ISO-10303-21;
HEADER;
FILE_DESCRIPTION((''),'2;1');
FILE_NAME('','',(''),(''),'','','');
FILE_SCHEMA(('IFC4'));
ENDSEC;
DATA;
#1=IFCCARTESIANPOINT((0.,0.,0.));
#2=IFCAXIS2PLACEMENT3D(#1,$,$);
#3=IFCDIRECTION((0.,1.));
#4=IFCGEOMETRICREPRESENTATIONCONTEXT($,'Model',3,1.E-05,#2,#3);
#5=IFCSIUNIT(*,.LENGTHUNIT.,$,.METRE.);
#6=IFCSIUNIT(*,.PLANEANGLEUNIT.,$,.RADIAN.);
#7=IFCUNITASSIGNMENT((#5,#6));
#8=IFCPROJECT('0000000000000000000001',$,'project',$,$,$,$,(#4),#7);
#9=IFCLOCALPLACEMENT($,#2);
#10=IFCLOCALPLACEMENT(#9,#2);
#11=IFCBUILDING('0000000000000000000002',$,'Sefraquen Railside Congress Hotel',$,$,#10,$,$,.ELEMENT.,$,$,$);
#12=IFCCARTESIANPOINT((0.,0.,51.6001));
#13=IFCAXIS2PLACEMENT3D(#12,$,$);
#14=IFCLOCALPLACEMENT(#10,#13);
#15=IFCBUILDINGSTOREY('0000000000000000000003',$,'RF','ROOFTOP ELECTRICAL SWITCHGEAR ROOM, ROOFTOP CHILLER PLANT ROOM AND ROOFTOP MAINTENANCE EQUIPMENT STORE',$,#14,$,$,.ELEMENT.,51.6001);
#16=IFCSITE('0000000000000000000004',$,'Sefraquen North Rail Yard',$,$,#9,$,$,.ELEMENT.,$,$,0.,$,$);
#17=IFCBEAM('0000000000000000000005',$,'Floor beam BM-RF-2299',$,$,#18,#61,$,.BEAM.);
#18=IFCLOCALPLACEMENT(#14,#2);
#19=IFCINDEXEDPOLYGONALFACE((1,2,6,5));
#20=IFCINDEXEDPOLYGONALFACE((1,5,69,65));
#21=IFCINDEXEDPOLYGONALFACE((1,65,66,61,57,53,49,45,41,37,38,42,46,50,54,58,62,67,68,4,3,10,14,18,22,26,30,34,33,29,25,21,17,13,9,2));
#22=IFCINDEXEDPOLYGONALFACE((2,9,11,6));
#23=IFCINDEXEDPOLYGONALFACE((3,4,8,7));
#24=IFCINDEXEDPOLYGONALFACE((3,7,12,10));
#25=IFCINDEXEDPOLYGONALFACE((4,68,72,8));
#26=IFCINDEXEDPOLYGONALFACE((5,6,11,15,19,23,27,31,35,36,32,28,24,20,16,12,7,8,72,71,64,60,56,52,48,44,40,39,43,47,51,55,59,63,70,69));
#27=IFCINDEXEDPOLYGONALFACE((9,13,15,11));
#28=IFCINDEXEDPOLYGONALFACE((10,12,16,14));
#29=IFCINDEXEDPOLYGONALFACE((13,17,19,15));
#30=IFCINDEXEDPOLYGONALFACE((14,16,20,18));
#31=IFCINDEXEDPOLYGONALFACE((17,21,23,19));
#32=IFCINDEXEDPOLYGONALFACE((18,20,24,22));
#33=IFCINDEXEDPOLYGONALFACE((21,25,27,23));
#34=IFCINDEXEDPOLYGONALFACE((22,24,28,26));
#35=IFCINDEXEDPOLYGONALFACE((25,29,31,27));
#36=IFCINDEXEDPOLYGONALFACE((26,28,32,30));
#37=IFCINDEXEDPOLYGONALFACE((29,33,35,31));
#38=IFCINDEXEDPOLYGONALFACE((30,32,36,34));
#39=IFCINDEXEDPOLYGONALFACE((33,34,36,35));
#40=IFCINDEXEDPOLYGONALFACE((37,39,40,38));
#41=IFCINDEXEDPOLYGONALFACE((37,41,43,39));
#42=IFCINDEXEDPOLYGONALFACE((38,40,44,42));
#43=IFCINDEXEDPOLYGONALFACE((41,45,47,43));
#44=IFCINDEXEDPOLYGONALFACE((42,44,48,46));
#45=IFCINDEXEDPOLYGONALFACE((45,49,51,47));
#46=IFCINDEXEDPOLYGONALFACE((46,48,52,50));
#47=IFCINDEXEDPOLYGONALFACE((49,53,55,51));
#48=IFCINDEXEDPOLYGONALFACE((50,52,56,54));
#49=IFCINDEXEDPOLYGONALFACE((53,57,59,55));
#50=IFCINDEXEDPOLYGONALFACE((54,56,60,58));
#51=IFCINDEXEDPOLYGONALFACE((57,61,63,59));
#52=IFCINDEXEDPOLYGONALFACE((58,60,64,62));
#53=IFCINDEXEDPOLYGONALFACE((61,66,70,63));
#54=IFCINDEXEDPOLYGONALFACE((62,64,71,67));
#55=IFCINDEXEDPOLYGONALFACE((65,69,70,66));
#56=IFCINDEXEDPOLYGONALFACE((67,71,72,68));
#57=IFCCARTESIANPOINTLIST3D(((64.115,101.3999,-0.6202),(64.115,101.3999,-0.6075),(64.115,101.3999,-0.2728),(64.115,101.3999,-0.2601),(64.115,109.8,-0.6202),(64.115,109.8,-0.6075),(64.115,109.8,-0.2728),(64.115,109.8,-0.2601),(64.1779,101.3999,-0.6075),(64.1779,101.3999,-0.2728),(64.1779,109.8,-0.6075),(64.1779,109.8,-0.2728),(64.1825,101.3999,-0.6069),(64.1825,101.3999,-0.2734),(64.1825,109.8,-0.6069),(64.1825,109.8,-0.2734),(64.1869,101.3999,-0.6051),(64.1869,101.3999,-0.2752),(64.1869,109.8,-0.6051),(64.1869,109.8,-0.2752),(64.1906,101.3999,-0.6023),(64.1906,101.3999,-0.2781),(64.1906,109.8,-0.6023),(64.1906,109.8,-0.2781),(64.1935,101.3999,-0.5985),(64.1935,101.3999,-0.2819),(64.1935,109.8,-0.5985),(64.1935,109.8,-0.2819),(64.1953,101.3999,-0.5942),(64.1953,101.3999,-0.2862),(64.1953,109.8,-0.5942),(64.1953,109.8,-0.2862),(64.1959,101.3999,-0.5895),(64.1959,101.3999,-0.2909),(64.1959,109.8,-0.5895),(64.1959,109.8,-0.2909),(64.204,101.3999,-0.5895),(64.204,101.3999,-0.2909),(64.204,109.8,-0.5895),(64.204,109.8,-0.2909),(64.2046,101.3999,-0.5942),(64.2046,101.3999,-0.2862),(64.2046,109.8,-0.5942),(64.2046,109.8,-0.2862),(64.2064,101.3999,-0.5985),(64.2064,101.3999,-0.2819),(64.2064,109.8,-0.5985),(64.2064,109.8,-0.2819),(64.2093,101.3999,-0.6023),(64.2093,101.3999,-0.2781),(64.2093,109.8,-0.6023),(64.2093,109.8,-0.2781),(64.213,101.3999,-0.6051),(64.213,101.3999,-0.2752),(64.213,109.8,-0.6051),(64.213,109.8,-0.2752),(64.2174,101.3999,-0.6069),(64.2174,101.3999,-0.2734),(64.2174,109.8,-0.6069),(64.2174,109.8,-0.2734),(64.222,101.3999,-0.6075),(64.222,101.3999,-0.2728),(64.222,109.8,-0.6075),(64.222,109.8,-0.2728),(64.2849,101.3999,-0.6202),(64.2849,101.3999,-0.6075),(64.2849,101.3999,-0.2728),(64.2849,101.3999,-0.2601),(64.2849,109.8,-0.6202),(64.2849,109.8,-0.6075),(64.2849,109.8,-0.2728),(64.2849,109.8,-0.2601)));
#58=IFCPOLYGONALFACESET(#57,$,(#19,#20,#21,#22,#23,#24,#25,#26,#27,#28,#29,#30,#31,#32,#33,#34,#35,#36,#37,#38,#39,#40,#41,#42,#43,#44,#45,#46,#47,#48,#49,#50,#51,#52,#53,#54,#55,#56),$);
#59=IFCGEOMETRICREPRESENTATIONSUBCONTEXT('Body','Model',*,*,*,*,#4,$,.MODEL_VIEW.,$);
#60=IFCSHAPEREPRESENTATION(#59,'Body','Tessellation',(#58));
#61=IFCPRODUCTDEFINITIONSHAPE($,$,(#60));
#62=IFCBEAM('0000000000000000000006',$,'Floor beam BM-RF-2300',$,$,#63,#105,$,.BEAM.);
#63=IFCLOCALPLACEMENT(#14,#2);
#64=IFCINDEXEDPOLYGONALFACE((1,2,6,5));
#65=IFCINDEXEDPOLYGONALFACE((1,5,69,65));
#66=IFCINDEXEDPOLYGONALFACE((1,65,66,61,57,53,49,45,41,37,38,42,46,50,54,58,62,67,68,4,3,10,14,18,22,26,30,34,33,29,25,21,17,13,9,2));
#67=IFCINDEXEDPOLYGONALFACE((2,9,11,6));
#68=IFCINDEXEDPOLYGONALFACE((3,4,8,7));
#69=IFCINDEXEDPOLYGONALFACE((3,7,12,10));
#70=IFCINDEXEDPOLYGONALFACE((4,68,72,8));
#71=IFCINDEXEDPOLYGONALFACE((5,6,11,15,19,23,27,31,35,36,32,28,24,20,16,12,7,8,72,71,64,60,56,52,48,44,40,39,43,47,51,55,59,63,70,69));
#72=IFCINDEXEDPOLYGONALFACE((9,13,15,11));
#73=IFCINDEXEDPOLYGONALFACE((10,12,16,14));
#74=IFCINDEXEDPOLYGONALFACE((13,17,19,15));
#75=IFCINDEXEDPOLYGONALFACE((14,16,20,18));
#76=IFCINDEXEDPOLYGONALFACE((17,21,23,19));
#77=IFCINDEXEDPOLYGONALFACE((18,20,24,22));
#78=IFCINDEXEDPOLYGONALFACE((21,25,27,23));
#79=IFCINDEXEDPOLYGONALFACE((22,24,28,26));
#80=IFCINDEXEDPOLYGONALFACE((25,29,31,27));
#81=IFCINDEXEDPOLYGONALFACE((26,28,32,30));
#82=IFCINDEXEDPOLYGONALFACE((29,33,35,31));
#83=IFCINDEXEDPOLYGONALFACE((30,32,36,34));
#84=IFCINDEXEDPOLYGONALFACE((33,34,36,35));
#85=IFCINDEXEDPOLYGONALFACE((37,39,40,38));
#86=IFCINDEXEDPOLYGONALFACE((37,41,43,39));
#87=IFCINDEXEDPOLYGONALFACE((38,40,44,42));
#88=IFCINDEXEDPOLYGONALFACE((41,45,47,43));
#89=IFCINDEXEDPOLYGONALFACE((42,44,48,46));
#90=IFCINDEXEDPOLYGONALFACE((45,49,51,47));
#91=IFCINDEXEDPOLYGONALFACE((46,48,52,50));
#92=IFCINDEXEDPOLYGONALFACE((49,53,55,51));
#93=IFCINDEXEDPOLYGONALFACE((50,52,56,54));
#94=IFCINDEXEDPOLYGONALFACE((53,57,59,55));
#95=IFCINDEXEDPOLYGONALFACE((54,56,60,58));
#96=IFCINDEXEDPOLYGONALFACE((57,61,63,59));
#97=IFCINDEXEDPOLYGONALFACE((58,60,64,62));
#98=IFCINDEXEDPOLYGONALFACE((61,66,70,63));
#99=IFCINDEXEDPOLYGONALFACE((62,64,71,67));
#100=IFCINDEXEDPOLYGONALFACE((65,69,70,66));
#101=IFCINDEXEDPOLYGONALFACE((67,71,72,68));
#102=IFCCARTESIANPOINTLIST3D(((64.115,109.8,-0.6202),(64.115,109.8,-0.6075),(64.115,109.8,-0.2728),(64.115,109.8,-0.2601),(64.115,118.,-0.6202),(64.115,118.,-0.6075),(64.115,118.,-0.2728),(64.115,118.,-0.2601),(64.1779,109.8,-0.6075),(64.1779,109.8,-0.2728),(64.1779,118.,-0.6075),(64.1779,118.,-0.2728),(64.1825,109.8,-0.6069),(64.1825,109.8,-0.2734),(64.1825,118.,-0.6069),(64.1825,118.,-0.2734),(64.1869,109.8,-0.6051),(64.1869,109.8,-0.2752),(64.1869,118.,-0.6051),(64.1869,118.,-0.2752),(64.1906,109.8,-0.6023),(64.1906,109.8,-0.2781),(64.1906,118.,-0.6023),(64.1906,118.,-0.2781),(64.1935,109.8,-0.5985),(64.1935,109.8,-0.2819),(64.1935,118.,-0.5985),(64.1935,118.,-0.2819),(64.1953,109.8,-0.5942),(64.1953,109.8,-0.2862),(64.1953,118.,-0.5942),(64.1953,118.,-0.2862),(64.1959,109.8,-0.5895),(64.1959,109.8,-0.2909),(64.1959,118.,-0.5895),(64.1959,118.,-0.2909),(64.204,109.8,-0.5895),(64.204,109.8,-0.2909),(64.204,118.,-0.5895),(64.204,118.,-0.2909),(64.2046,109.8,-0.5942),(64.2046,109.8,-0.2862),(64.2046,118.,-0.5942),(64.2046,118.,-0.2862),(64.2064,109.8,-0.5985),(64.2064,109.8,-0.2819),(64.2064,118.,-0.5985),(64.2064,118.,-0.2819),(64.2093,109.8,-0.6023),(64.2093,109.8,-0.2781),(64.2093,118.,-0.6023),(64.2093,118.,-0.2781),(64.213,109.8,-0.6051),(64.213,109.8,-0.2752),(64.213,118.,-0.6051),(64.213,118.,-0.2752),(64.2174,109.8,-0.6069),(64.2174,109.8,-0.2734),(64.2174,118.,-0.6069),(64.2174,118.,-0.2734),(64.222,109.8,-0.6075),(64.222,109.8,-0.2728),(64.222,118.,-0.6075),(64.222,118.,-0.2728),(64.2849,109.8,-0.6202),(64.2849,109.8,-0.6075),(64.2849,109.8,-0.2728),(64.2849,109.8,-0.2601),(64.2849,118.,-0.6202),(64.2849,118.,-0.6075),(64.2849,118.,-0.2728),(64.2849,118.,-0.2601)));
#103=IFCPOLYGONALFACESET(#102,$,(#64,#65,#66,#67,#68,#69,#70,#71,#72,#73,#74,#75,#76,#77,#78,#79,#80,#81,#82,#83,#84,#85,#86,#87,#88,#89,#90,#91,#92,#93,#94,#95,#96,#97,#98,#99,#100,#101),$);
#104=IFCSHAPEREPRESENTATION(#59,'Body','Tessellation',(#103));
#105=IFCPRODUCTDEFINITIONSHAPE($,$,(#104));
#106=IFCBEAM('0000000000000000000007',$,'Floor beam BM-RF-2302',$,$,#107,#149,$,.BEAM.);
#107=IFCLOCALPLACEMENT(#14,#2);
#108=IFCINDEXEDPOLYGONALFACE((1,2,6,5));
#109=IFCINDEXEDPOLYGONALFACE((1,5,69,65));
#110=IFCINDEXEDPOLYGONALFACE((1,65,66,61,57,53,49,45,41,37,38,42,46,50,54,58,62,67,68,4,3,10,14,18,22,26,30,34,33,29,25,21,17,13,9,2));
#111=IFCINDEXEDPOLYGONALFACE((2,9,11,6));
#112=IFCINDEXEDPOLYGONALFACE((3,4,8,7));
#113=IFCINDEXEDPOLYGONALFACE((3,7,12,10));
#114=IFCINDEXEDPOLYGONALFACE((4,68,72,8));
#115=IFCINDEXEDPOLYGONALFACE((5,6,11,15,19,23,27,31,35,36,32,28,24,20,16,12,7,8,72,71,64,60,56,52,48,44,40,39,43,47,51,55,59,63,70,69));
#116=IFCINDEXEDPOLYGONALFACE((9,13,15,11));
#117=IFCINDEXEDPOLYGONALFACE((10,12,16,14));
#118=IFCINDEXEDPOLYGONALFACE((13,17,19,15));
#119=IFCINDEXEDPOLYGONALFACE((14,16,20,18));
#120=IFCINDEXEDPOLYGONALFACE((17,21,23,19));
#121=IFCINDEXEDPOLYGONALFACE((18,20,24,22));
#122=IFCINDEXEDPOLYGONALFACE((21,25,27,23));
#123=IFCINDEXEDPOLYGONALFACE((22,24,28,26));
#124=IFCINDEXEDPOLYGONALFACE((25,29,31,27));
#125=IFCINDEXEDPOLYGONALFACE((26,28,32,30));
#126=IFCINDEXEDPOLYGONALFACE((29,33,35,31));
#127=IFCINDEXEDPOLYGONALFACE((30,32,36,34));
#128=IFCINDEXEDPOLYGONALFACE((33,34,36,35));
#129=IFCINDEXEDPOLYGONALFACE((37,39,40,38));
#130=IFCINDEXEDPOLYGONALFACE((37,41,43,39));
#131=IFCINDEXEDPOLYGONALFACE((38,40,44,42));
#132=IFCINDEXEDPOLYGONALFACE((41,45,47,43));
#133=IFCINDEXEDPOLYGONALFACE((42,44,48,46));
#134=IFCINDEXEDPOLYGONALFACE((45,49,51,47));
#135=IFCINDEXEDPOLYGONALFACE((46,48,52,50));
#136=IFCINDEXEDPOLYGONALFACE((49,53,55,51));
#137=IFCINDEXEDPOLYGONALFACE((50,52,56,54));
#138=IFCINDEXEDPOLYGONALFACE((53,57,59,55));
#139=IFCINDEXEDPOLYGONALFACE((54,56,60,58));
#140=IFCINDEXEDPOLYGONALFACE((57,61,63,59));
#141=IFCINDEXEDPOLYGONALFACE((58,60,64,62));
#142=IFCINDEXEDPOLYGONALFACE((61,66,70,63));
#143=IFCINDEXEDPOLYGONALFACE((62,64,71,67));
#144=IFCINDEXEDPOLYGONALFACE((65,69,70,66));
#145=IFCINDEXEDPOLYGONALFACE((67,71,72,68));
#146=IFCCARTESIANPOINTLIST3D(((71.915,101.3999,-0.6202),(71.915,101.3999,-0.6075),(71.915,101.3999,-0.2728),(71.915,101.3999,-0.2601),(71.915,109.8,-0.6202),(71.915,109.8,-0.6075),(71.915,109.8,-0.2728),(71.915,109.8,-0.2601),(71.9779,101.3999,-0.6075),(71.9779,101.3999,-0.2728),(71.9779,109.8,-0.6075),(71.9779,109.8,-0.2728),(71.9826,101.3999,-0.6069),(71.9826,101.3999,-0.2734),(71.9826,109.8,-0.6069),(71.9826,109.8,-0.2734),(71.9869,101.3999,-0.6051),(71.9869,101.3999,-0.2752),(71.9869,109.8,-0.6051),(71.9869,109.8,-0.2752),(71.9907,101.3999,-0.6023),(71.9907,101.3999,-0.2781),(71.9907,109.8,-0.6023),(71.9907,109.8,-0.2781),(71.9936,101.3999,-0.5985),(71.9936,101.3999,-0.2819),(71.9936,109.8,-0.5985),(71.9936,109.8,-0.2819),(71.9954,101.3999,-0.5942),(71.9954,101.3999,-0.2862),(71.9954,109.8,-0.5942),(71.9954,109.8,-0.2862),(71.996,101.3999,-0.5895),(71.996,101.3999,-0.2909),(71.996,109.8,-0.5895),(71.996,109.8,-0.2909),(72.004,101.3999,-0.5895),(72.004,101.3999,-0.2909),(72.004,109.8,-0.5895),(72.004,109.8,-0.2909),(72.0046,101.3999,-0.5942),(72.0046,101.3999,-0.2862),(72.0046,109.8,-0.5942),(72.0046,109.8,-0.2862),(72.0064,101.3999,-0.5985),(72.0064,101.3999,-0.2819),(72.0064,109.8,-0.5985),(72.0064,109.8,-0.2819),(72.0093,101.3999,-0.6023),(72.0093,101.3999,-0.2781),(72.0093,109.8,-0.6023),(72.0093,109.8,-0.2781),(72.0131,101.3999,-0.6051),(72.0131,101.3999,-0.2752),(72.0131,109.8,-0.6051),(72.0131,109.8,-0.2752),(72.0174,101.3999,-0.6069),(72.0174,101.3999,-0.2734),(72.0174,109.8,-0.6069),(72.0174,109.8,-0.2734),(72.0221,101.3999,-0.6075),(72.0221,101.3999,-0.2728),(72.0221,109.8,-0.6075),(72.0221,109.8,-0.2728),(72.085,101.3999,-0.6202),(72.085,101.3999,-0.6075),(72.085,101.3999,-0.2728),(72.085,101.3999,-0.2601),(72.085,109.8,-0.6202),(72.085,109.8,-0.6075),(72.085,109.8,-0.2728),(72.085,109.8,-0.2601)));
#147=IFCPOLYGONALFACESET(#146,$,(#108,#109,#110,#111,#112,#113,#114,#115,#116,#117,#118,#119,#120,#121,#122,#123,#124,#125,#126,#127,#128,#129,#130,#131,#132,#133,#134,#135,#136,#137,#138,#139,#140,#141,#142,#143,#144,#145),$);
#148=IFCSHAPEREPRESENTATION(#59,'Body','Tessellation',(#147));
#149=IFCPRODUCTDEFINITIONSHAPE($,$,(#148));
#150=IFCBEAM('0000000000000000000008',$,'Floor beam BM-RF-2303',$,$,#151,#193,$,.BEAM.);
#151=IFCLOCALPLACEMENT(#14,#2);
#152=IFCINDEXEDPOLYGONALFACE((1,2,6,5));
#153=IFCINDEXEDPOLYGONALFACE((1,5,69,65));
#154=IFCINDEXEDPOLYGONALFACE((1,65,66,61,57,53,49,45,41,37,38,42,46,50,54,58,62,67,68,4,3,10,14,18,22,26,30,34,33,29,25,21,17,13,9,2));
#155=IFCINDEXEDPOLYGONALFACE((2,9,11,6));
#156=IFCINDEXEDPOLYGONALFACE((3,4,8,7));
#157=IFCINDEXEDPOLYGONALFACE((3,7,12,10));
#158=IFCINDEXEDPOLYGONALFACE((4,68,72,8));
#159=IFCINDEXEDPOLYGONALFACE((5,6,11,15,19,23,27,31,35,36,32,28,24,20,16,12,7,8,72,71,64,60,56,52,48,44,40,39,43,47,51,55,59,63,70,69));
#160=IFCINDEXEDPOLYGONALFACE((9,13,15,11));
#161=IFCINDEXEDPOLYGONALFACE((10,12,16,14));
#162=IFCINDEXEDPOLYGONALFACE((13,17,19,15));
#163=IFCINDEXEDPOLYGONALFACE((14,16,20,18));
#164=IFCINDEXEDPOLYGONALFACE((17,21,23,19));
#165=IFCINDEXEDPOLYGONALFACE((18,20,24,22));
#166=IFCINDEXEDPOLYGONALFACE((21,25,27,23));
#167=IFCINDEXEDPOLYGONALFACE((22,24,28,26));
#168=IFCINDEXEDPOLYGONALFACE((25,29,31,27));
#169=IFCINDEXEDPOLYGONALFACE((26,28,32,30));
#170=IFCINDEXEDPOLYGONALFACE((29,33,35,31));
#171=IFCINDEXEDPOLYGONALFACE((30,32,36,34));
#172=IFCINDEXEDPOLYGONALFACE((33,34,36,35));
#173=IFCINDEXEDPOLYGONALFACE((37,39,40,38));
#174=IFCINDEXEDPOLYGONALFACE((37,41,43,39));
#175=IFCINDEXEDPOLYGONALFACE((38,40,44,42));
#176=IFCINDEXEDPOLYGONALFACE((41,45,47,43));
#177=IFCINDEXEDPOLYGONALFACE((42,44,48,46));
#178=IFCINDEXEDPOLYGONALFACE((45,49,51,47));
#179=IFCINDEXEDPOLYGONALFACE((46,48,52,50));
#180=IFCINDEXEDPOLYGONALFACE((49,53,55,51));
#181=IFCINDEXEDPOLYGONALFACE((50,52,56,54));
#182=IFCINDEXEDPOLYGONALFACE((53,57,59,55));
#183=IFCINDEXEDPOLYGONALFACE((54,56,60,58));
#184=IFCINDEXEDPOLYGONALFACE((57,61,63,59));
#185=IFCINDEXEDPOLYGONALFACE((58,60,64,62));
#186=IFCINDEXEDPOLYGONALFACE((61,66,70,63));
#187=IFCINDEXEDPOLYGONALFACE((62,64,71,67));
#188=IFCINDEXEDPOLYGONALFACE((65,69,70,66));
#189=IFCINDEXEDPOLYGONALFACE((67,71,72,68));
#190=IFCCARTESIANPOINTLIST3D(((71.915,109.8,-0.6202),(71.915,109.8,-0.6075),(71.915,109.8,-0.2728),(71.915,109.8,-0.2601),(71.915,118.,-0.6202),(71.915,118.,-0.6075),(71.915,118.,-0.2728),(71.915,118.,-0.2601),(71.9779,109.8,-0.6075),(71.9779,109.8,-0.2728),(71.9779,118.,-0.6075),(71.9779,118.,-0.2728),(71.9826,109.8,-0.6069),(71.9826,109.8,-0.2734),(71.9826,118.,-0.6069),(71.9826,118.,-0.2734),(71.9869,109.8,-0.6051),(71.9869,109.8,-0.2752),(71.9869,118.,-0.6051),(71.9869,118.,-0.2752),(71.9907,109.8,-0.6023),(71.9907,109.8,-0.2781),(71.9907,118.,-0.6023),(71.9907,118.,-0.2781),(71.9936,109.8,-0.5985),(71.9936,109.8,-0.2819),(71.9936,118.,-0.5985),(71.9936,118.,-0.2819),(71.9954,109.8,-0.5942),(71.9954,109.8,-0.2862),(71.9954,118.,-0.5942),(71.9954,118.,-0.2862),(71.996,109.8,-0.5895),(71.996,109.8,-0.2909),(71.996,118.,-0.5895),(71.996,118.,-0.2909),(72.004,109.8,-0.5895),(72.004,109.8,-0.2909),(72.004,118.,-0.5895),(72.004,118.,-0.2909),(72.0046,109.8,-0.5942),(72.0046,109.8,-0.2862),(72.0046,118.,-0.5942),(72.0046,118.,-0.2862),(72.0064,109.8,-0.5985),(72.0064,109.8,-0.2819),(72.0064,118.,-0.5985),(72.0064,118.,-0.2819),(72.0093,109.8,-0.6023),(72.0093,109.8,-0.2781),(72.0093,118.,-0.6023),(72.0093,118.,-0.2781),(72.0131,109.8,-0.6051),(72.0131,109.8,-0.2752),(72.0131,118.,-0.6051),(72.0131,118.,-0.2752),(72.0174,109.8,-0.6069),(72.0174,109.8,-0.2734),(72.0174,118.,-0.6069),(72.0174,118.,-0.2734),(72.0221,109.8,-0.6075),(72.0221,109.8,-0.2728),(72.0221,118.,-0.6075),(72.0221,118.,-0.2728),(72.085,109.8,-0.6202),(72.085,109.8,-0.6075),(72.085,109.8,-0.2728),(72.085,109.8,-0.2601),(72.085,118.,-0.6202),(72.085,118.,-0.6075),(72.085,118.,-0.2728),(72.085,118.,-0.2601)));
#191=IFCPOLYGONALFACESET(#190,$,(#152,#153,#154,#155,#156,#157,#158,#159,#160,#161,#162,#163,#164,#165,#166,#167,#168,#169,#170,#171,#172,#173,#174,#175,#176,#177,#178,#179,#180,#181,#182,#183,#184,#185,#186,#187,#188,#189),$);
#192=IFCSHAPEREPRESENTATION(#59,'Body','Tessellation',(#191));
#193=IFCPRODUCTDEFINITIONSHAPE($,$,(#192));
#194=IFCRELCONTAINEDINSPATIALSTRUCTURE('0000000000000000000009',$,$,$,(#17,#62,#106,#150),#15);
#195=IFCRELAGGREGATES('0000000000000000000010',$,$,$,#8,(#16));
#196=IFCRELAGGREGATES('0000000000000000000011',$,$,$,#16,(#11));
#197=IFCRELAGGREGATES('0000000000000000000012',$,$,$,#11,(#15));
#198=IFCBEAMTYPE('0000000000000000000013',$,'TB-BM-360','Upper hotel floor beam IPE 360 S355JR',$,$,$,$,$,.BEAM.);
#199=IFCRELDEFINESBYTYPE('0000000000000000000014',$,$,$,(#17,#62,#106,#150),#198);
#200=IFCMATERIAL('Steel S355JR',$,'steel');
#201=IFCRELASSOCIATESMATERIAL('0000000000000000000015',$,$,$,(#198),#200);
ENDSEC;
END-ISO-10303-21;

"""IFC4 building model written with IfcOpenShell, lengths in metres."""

from ifc_helpers import new_model, si_unit, direction, frame, origin, origin_2d, place, context, subcontext, project, spatial, i_section, extrude, material, material_profile, profile_set, type_object, element, save


model = new_model("IFC4")

# Units and contexts
model_context = context("Model", 3, precision=1e-05, world=origin(), true_north=direction((0.0, 1.0)))
body_context = subcontext(model_context, "Body", "Model", "MODEL_VIEW")
ifc_project = project(units=[si_unit("LENGTHUNIT", "METRE"), si_unit("PLANEANGLEUNIT", "RADIAN")], contexts=[model_context])

# Site, building, storey
site_placement = place(None, origin())
site = spatial("IfcSite", under=ifc_project, at=site_placement, Name="Sefraquen North Rail Yard", CompositionType="ELEMENT", RefElevation=0.0)
building_placement = place(site_placement, origin())
building = spatial("IfcBuilding", under=site, at=building_placement, Name="Sefraquen Railside Congress Hotel", CompositionType="ELEMENT")
storey_placement = place(building_placement, frame((0.0, 0.0, 51.6001)))
storey = spatial("IfcBuildingStorey", under=building, at=storey_placement, Name="RF", Description="ROOFTOP ELECTRICAL SWITCHGEAR ROOM, ROOFTOP CHILLER PLANT ROOM AND ROOFTOP MAINTENANCE EQUIPMENT STORE", CompositionType="ELEMENT", Elevation=51.6001)

# Beams
ifc_material_1 = material(Name="Steel S355JR", Category="steel")
ifc_material_profile_1 = material_profile(ifc_material_1, i_section(OverallWidth=0.1699, OverallDepth=0.3601, WebThickness=0.0081, FlangeThickness=0.0127, FilletRadius=0.0181, at=origin_2d()), Name="IPE 360")
ifc_profile_set_1 = profile_set([ifc_material_profile_1], Name="Steel S355JR")
beam_type_1 = type_object("IfcBeamType", Name="TB-BM-360", Description="Upper hotel floor beam IPE 360 S355JR", PredefinedType="BEAM", material=ifc_profile_set_1)
beam_1_placement = place(storey_placement, frame((64.2, 101.3999, -0.4402), z_axis=(0.0, 1.0, 0.0), x_axis=(-1.0, 0.0, 0.0)))
element("IfcBeam", 1, at=beam_1_placement, inside=storey, type_object=beam_type_1, Name="Floor beam BM-RF-2299", PredefinedType="BEAM", context=body_context, shape_type="SweptSolid", body=[
    extrude(i_section(OverallWidth=0.1699, OverallDepth=0.3601, WebThickness=0.0081, FlangeThickness=0.0127, FilletRadius=0.0181, at=origin_2d()), origin(), (0.0, 0.0, 1.0), 8.4001),
])
beam_2_placement = place(storey_placement, frame((64.2, 109.8, -0.4402), z_axis=(0.0, 1.0, 0.0), x_axis=(-1.0, 0.0, 0.0)))
element("IfcBeam", 2, at=beam_2_placement, inside=storey, type_object=beam_type_1, Name="Floor beam BM-RF-2300", PredefinedType="BEAM", context=body_context, shape_type="SweptSolid", body=[
    extrude(i_section(OverallWidth=0.1699, OverallDepth=0.3601, WebThickness=0.0081, FlangeThickness=0.0127, FilletRadius=0.0181, at=origin_2d()), origin(), (0.0, 0.0, 1.0), 8.2),
])
beam_3_placement = place(storey_placement, frame((72.0, 101.3999, -0.4402), z_axis=(0.0, 1.0, 0.0), x_axis=(-1.0, 0.0, 0.0)))
element("IfcBeam", 3, at=beam_3_placement, inside=storey, type_object=beam_type_1, Name="Floor beam BM-RF-2302", PredefinedType="BEAM", context=body_context, shape_type="SweptSolid", body=[
    extrude(i_section(OverallWidth=0.1699, OverallDepth=0.3601, WebThickness=0.0081, FlangeThickness=0.0127, FilletRadius=0.0181, at=origin_2d()), origin(), (0.0, 0.0, 1.0), 8.4001),
])
beam_4_placement = place(storey_placement, frame((72.0, 109.8, -0.4402), z_axis=(0.0, 1.0, 0.0), x_axis=(-1.0, 0.0, 0.0)))
element("IfcBeam", 4, at=beam_4_placement, inside=storey, type_object=beam_type_1, Name="Floor beam BM-RF-2303", PredefinedType="BEAM", context=body_context, shape_type="SweptSolid", body=[
    extrude(i_section(OverallWidth=0.1699, OverallDepth=0.3601, WebThickness=0.0081, FlangeThickness=0.0127, FilletRadius=0.0181, at=origin_2d()), origin(), (0.0, 0.0, 1.0), 8.2),
])

save(model, "model.ifc")
